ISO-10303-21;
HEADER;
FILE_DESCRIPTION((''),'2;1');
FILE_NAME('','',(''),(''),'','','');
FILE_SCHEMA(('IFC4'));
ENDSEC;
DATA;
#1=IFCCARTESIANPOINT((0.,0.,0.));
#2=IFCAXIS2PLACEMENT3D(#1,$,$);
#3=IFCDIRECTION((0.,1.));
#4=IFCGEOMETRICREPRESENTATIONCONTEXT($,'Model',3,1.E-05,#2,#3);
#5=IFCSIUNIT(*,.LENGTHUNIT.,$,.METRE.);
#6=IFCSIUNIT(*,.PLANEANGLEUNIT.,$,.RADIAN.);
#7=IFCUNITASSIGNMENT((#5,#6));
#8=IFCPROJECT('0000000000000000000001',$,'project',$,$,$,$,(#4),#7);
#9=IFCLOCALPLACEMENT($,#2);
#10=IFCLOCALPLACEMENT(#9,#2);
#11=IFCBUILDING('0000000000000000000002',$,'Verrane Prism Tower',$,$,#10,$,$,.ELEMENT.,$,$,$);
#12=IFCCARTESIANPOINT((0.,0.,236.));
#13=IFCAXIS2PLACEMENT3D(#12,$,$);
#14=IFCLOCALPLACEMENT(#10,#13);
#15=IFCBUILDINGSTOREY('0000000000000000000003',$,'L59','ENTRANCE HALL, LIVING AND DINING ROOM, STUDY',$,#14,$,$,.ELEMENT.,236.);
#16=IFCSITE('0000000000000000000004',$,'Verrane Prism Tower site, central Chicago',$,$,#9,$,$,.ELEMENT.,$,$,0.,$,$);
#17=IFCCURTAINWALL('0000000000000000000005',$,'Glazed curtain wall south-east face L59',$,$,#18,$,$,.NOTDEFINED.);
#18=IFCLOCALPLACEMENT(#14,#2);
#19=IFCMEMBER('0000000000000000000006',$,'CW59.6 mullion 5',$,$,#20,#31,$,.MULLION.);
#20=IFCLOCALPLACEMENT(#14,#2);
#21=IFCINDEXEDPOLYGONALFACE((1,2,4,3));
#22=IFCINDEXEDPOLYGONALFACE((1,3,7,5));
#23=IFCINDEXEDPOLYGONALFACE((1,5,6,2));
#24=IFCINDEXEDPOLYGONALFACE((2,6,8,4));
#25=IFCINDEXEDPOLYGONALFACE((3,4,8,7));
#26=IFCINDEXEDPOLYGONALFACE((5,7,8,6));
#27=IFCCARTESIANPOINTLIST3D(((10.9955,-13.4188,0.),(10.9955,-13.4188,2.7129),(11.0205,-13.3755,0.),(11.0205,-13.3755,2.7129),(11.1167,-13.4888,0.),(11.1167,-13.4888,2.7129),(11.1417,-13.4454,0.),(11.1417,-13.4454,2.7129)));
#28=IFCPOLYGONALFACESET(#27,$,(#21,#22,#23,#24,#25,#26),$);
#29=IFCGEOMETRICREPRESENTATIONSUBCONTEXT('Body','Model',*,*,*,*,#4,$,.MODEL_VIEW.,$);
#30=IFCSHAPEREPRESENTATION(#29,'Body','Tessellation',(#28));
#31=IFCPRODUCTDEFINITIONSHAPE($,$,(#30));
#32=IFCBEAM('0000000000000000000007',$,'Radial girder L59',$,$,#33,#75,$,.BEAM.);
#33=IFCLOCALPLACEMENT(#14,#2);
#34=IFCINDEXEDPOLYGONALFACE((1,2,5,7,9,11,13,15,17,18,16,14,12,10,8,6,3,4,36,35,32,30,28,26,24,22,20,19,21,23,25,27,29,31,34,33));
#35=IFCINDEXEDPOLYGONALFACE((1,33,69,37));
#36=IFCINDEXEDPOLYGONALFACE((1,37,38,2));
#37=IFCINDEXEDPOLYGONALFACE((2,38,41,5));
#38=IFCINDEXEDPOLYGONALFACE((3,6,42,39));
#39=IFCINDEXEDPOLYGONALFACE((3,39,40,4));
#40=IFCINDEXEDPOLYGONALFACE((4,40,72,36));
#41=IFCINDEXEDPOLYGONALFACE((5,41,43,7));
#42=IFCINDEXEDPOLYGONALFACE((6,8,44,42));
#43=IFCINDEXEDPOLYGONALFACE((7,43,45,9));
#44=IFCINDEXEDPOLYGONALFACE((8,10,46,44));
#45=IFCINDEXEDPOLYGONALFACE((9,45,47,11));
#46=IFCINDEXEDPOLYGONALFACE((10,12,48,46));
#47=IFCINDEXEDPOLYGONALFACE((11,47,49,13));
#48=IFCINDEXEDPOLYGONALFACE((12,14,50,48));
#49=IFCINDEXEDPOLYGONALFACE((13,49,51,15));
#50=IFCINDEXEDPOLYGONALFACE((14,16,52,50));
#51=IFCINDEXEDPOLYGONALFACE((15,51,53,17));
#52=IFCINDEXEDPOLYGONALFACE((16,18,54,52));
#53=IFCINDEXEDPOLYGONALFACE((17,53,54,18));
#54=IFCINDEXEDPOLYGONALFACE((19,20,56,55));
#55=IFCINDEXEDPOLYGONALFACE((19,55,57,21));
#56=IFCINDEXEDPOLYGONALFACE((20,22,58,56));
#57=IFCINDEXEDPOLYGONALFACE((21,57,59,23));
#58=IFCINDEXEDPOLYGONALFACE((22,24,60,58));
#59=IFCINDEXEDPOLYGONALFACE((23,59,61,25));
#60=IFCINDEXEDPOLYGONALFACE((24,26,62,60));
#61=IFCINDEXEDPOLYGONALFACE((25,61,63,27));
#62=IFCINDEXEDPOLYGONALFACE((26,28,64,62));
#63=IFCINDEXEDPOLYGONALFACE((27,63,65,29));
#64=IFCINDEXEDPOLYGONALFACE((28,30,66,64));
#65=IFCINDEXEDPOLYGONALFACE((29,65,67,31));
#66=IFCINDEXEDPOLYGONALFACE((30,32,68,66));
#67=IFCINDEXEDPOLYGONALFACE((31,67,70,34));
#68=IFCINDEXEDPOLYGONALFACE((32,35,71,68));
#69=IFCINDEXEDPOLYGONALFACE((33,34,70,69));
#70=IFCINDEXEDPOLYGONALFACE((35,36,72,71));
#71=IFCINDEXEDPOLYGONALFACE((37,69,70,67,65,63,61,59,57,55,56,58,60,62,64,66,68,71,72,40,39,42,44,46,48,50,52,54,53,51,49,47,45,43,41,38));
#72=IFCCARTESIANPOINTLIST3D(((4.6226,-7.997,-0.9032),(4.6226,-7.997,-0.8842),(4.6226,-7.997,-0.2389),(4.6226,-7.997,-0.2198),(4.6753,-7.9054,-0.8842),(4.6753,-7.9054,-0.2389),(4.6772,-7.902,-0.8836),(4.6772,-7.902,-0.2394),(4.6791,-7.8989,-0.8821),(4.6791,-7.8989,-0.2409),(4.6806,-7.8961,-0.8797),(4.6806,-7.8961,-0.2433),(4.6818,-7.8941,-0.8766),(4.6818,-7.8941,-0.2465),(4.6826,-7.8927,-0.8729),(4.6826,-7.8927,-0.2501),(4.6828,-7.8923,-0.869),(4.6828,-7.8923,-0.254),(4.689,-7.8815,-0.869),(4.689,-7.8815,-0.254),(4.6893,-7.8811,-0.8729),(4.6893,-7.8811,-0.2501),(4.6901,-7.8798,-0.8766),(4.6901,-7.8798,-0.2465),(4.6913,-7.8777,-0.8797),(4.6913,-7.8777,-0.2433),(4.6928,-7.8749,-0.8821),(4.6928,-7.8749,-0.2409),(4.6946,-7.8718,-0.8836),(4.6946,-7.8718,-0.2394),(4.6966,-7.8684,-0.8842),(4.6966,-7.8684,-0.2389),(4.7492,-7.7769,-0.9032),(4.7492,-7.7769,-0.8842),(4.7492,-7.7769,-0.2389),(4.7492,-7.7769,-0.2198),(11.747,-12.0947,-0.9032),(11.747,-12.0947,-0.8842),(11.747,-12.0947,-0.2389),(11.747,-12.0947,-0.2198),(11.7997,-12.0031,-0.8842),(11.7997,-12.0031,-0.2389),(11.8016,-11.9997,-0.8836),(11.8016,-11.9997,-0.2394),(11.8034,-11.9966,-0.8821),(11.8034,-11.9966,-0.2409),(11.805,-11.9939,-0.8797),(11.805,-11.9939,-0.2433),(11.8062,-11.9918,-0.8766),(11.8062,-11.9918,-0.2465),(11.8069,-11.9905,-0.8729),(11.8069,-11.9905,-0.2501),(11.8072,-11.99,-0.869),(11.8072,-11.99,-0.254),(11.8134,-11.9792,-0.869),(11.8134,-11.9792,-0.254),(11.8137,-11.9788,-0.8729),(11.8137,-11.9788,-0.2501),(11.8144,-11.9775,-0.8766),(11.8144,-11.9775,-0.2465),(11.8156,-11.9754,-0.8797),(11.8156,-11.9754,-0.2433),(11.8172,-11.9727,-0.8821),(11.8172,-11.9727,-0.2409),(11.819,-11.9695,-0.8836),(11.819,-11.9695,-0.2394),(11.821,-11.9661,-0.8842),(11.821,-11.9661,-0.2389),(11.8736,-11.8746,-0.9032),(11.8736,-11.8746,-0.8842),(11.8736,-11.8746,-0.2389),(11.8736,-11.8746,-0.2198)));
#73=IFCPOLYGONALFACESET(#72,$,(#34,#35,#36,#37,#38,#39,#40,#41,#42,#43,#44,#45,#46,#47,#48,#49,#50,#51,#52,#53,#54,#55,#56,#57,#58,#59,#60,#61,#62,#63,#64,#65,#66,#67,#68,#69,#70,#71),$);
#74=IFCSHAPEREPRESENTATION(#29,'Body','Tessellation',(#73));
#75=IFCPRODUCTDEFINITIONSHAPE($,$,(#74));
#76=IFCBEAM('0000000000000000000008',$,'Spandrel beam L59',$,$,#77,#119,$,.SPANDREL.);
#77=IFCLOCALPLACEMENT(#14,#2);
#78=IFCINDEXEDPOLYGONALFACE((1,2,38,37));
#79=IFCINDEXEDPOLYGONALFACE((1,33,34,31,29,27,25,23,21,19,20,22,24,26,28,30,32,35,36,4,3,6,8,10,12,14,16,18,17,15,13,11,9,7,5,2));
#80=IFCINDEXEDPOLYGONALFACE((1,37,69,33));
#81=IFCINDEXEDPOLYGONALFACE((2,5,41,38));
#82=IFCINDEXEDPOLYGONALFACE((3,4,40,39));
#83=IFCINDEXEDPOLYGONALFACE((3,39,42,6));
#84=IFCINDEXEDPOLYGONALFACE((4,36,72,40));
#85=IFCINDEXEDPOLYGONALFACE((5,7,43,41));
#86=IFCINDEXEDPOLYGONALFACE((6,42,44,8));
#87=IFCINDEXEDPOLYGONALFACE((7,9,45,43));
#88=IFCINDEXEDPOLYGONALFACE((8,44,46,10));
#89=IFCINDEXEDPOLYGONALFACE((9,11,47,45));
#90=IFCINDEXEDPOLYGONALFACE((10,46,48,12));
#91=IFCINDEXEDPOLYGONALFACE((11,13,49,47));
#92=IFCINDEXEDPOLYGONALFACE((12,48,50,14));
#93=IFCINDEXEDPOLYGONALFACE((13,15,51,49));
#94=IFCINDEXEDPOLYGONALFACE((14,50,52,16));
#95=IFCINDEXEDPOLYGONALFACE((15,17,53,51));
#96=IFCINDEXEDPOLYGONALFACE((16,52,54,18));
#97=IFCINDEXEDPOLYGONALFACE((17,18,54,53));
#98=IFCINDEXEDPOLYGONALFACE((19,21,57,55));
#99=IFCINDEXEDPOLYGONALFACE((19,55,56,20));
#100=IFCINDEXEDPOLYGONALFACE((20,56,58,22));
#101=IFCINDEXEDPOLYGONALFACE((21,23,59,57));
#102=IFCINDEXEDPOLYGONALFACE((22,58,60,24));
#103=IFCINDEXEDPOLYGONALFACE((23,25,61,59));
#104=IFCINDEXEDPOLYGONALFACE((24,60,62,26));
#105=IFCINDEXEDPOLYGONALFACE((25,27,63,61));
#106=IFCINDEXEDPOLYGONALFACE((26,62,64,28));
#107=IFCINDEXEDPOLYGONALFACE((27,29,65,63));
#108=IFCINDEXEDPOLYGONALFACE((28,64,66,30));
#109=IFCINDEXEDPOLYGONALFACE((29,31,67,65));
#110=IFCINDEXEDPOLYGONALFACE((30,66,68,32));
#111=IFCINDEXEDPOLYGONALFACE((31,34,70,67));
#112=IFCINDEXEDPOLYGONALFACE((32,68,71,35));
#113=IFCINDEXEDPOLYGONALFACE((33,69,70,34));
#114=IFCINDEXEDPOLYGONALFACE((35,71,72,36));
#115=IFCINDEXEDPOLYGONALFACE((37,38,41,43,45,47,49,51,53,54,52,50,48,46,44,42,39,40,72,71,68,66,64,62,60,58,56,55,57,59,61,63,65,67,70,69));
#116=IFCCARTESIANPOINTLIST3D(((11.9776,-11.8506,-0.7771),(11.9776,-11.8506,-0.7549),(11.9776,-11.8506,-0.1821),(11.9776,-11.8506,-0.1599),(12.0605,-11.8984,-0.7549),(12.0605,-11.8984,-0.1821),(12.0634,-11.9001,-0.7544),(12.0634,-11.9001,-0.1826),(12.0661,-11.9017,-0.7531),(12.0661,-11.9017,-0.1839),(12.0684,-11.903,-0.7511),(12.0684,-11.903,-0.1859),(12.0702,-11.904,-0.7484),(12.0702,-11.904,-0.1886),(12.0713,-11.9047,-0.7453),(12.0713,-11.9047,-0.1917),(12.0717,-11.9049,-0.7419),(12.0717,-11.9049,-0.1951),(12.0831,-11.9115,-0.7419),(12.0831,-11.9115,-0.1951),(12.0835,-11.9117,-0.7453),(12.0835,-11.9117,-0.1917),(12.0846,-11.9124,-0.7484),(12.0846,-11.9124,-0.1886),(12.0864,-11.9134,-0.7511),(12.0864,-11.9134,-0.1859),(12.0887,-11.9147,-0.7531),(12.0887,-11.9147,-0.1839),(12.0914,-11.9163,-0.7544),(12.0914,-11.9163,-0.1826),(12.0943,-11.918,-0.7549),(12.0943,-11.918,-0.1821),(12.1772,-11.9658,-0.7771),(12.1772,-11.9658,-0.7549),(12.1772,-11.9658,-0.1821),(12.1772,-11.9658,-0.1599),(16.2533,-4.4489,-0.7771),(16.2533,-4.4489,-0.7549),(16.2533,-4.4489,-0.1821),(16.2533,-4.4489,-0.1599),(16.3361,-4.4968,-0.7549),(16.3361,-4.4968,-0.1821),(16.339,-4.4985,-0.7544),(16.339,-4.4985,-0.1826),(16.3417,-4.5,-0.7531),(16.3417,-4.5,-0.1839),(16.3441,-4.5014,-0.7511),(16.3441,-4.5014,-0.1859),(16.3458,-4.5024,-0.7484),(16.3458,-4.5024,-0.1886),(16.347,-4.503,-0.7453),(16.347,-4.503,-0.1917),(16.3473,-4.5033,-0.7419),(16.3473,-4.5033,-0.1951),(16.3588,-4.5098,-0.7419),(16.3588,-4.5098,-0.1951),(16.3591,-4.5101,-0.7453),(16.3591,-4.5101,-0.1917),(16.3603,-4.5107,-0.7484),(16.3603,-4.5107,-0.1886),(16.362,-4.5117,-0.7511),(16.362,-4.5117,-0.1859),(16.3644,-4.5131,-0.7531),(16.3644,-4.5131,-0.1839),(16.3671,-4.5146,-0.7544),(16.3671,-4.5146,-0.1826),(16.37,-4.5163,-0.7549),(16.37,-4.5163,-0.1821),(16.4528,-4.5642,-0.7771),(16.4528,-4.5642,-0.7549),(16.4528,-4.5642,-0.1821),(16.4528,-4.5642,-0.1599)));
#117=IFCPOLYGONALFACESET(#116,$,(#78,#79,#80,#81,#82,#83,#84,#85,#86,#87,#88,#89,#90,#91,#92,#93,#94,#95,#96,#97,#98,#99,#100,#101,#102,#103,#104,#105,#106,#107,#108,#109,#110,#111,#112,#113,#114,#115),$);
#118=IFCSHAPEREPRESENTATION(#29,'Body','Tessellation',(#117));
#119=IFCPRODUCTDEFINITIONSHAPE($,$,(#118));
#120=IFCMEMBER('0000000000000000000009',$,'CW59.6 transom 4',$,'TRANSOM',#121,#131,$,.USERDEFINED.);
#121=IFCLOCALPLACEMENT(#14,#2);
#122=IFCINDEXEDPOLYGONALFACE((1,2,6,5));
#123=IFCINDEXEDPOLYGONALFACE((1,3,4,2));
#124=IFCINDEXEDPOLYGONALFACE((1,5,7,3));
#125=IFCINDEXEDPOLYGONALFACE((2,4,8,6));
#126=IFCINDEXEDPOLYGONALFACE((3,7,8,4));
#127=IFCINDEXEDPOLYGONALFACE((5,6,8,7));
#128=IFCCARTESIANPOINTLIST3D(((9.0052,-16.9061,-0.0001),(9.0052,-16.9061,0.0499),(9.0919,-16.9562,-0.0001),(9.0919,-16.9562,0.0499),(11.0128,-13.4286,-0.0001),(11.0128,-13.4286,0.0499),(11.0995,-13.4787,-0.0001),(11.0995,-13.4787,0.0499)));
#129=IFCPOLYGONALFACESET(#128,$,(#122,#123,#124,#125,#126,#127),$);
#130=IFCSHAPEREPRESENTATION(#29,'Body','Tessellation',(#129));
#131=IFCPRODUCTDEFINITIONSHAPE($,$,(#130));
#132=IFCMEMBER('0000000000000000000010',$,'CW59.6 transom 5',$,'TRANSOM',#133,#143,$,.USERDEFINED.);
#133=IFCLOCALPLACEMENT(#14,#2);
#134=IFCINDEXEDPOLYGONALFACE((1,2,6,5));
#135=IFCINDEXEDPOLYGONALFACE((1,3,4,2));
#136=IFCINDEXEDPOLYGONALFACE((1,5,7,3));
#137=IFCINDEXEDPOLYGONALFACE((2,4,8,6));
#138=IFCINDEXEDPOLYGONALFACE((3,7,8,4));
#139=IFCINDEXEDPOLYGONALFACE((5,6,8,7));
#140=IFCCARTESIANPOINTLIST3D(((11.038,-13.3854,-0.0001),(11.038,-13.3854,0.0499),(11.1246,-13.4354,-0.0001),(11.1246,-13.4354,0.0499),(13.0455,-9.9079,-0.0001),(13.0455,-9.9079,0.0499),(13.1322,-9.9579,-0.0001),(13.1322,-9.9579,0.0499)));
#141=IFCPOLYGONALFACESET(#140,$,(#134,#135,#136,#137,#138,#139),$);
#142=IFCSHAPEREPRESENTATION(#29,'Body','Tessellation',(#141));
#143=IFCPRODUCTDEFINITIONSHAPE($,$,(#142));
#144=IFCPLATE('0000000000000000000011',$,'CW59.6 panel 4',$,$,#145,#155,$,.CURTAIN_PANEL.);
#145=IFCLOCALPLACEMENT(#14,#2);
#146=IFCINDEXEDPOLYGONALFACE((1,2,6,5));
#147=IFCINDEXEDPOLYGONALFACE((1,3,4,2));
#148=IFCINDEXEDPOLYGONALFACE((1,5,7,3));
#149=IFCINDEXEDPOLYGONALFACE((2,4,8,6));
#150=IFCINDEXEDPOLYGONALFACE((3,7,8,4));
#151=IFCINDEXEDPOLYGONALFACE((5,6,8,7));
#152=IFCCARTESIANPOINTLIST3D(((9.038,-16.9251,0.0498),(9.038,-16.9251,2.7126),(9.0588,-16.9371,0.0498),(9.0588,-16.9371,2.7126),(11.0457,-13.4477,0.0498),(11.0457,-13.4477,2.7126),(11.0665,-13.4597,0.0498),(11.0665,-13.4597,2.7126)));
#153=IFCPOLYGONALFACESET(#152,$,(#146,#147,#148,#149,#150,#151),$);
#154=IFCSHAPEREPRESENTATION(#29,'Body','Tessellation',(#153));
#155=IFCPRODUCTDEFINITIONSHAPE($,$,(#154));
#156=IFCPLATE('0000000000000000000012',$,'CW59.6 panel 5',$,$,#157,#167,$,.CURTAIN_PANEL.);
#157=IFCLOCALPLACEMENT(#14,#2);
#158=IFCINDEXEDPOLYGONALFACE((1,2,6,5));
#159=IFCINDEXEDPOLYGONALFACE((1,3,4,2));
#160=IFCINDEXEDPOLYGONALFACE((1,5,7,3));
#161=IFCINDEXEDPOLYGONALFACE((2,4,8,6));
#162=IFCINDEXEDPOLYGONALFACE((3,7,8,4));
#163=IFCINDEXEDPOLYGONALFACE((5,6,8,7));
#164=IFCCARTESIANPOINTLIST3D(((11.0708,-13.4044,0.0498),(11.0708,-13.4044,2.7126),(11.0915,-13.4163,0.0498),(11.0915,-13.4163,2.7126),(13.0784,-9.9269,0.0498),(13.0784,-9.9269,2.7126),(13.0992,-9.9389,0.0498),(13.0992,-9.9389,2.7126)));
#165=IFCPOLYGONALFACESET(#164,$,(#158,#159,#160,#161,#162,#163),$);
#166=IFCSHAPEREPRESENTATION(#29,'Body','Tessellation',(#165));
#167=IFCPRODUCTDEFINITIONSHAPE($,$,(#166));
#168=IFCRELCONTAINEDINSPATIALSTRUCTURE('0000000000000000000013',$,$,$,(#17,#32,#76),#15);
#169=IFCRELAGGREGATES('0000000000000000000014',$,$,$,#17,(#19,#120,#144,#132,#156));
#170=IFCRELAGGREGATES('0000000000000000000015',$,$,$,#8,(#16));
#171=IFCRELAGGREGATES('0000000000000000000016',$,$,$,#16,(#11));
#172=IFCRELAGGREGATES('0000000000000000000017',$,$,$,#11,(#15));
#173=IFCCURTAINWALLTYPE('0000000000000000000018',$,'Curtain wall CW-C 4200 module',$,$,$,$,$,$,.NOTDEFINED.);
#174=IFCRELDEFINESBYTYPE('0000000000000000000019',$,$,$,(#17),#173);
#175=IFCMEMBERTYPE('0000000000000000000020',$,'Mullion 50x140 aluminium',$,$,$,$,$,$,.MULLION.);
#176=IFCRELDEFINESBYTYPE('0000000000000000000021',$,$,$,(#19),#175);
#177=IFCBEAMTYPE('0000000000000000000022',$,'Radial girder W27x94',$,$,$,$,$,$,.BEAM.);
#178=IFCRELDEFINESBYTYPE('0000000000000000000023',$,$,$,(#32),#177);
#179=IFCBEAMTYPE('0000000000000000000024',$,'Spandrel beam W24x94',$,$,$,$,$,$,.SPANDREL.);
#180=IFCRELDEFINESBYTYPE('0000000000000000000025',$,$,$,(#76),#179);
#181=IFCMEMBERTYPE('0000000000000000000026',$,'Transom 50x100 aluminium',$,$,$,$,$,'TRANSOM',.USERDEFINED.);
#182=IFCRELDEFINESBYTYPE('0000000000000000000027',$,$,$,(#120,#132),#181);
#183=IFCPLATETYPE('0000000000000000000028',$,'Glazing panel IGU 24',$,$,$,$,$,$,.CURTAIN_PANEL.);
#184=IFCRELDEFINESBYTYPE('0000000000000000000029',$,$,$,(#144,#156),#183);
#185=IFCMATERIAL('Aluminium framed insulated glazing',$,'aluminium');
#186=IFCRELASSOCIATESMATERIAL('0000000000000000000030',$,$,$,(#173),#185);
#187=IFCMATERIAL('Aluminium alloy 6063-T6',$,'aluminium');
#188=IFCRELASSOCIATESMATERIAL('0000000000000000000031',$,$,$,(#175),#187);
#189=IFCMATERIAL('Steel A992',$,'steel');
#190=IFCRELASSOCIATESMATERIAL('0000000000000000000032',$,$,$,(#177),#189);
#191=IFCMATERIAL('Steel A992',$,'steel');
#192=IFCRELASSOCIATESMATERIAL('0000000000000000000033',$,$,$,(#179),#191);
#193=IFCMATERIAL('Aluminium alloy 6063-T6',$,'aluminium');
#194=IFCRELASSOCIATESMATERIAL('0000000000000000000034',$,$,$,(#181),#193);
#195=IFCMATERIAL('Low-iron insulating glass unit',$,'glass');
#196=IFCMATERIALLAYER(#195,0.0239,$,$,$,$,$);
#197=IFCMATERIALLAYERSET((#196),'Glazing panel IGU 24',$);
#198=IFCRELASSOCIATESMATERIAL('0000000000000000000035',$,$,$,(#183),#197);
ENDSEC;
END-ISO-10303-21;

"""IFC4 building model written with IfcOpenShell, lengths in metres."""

from ifc_helpers import new_model, si_unit, direction, frame, origin, origin_2d, place, context, subcontext, project, spatial, rectangle, i_section, extrude, material, layer, layer_set, material_profile, profile_set, type_object, element, aggregate, save


model = new_model("IFC4")

# Units and contexts
model_context = context("Model", 3, precision=1e-05, world=origin(), true_north=direction((0.0, 1.0)))
body_context = subcontext(model_context, "Body", "Model", "MODEL_VIEW")
ifc_project = project(units=[si_unit("LENGTHUNIT", "METRE"), si_unit("PLANEANGLEUNIT", "RADIAN")], contexts=[model_context])

# Site, building, storey
site_placement = place(None, origin())
site = spatial("IfcSite", under=ifc_project, at=site_placement, Name="Verrane Prism Tower site, central Chicago", CompositionType="ELEMENT", RefElevation=0.0)
building_placement = place(site_placement, origin())
building = spatial("IfcBuilding", under=site, at=building_placement, Name="Verrane Prism Tower", CompositionType="ELEMENT")
storey_placement = place(building_placement, frame((0.0, 0.0, 236.0)))
storey = spatial("IfcBuildingStorey", under=building, at=storey_placement, Name="L59", Description="ENTRANCE HALL, LIVING AND DINING ROOM, STUDY", CompositionType="ELEMENT", Elevation=236.0)

# Curtain wall, member
ifc_material_1 = material(Name="Aluminium framed insulated glazing", Category="aluminium")
curtain_wall_type = type_object("IfcCurtainWallType", Name="Curtain wall CW-C 4200 module", PredefinedType="NOTDEFINED", material=ifc_material_1)
curtain_wall_placement = place(storey_placement, origin())
curtain_wall = element("IfcCurtainWall", 1, at=curtain_wall_placement, inside=storey, type_object=curtain_wall_type, Name="Glazed curtain wall south-east face L59", PredefinedType="NOTDEFINED")
ifc_material_2 = material(Name="Aluminium alloy 6063-T6", Category="aluminium")
ifc_material_profile_1 = material_profile(ifc_material_2, rectangle(XDim=0.1399, YDim=0.05, at=origin_2d()), Name="Mullion 50x140 aluminium")
ifc_profile_set_1 = profile_set([ifc_material_profile_1], Name="Aluminium alloy 6063-T6")
member_type_1 = type_object("IfcMemberType", Name="Mullion 50x140 aluminium", PredefinedType="MULLION", material=ifc_profile_set_1)
member_1_placement = place(storey_placement, frame((11.0686, -13.4321, 0.0), z_axis=(0.0, 0.0, 1.0), x_axis=(-0.866026, 0.499999, 0.0)))
member_1 = element("IfcMember", 2, at=member_1_placement, type_object=member_type_1, Name="CW59.6 mullion 5", PredefinedType="MULLION", context=body_context, shape_type="SweptSolid", body=[
    extrude(rectangle(XDim=0.1399, YDim=0.05, at=origin_2d()), origin(), (0.0, 0.0, 1.0), 2.7129),
])

# Beams
ifc_material_3 = material(Name="Steel A992", Category="steel")
ifc_material_profile_2 = material_profile(ifc_material_3, i_section(OverallWidth=0.2539, OverallDepth=0.6833, WebThickness=0.0125, FlangeThickness=0.019, FilletRadius=0.0151, at=origin_2d()), Name="W27x94")
ifc_profile_set_2 = profile_set([ifc_material_profile_2], Name="Steel A992")
beam_type_1 = type_object("IfcBeamType", Name="Radial girder W27x94", PredefinedType="BEAM", material=ifc_profile_set_2)
beam_1_placement = place(storey_placement, frame((11.8103, -11.9846, -0.5615), z_axis=(-0.866843, 0.498581, 0.0), x_axis=(-0.498581, -0.866843, 0.0)))
element("IfcBeam", 3, at=beam_1_placement, inside=storey, type_object=beam_type_1, Name="Radial girder L59", PredefinedType="BEAM", context=body_context, shape_type="SweptSolid", body=[
    extrude(i_section(OverallWidth=0.2539, OverallDepth=0.6833, WebThickness=0.0125, FlangeThickness=0.019, FilletRadius=0.0151, at=origin_2d()), origin(), (0.0, 0.0, 1.0), 8.2188),
])
ifc_material_4 = material(Name="Steel A992", Category="steel")
ifc_material_profile_3 = material_profile(ifc_material_4, i_section(OverallWidth=0.2305, OverallDepth=0.6172, WebThickness=0.0132, FlangeThickness=0.0222, FilletRadius=0.0129, at=origin_2d()), Name="W24x94")
ifc_profile_set_3 = profile_set([ifc_material_profile_3], Name="Steel A992")
beam_type_2 = type_object("IfcBeamType", Name="Spandrel beam W24x94", PredefinedType="SPANDREL", material=ifc_profile_set_3)
beam_2_placement = place(storey_placement, frame((12.0774, -11.9082, -0.4685), z_axis=(0.500203, 0.865908, 0.0), x_axis=(-0.865908, 0.500203, 0.0)))
element("IfcBeam", 4, at=beam_2_placement, inside=storey, type_object=beam_type_2, Name="Spandrel beam L59", PredefinedType="SPANDREL", context=body_context, shape_type="SweptSolid", body=[
    extrude(i_section(OverallWidth=0.2305, OverallDepth=0.6172, WebThickness=0.0132, FlangeThickness=0.0222, FilletRadius=0.0129, at=origin_2d()), origin(), (0.0, 0.0, 1.0), 8.5479),
])

# Members
ifc_material_5 = material(Name="Aluminium alloy 6063-T6", Category="aluminium")
ifc_material_profile_4 = material_profile(ifc_material_5, rectangle(XDim=0.1001, YDim=0.05, at=origin_2d()), Name="Transom 50x100 aluminium")
ifc_profile_set_4 = profile_set([ifc_material_profile_4], Name="Aluminium alloy 6063-T6")
member_type_2 = type_object("IfcMemberType", Name="Transom 50x100 aluminium", ElementType="TRANSOM", PredefinedType="USERDEFINED", material=ifc_profile_set_4)
member_2_placement = place(storey_placement, frame((9.0486, -16.9312, 0.0249), z_axis=(0.499965, 0.866046, 0.0), x_axis=(-0.866046, 0.499965, 0.0)))
member_2 = element("IfcMember", 5, at=member_2_placement, type_object=member_type_2, Name="CW59.6 transom 4", ObjectType="TRANSOM", PredefinedType="USERDEFINED", context=body_context, shape_type="SweptSolid", body=[
    extrude(rectangle(XDim=0.1001, YDim=0.05, at=origin_2d()), origin(), (0.0, 0.0, 1.0), 4.0154),
])
member_3_placement = place(storey_placement, frame((11.0813, -13.4104, 0.0249), z_axis=(0.499965, 0.866046, 0.0), x_axis=(-0.866046, 0.499965, 0.0)))
member_3 = element("IfcMember", 6, at=member_3_placement, type_object=member_type_2, Name="CW59.6 transom 5", ObjectType="TRANSOM", PredefinedType="USERDEFINED", context=body_context, shape_type="SweptSolid", body=[
    extrude(rectangle(XDim=0.1001, YDim=0.05, at=origin_2d()), origin(), (0.0, 0.0, 1.0), 4.0154),
])

# Plates
ifc_material_6 = material(Name="Low-iron insulating glass unit", Category="glass")
ifc_layer_1 = layer(ifc_material_6, 0.0239)
ifc_layer_set_1 = layer_set([ifc_layer_1], Name="Glazing panel IGU 24")
plate_type = type_object("IfcPlateType", Name="Glazing panel IGU 24", PredefinedType="CURTAIN_PANEL", material=ifc_layer_set_1)
plate_1_placement = place(storey_placement, frame((10.0522, -15.1924, 0.0498), z_axis=(0.0, 0.0, 1.0), x_axis=(0.499999, 0.866026, 0.0)))
plate_1 = element("IfcPlate", 7, at=plate_1_placement, type_object=plate_type, Name="CW59.6 panel 4", PredefinedType="CURTAIN_PANEL", context=body_context, shape_type="SweptSolid", body=[
    extrude(rectangle(XDim=4.0154, YDim=0.0239, at=origin_2d()), origin(), (0.0, 0.0, 1.0), 2.6628),
])
plate_2_placement = place(storey_placement, frame((12.085, -11.6716, 0.0498), z_axis=(0.0, 0.0, 1.0), x_axis=(0.499999, 0.866026, 0.0)))
plate_2 = element("IfcPlate", 8, at=plate_2_placement, type_object=plate_type, Name="CW59.6 panel 5", PredefinedType="CURTAIN_PANEL", context=body_context, shape_type="SweptSolid", body=[
    extrude(rectangle(XDim=4.0154, YDim=0.0239, at=origin_2d()), origin(), (0.0, 0.0, 1.0), 2.6628),
])
aggregate(curtain_wall, [member_1, member_2, plate_1, member_3, plate_2])

save(model, "model.ifc")
